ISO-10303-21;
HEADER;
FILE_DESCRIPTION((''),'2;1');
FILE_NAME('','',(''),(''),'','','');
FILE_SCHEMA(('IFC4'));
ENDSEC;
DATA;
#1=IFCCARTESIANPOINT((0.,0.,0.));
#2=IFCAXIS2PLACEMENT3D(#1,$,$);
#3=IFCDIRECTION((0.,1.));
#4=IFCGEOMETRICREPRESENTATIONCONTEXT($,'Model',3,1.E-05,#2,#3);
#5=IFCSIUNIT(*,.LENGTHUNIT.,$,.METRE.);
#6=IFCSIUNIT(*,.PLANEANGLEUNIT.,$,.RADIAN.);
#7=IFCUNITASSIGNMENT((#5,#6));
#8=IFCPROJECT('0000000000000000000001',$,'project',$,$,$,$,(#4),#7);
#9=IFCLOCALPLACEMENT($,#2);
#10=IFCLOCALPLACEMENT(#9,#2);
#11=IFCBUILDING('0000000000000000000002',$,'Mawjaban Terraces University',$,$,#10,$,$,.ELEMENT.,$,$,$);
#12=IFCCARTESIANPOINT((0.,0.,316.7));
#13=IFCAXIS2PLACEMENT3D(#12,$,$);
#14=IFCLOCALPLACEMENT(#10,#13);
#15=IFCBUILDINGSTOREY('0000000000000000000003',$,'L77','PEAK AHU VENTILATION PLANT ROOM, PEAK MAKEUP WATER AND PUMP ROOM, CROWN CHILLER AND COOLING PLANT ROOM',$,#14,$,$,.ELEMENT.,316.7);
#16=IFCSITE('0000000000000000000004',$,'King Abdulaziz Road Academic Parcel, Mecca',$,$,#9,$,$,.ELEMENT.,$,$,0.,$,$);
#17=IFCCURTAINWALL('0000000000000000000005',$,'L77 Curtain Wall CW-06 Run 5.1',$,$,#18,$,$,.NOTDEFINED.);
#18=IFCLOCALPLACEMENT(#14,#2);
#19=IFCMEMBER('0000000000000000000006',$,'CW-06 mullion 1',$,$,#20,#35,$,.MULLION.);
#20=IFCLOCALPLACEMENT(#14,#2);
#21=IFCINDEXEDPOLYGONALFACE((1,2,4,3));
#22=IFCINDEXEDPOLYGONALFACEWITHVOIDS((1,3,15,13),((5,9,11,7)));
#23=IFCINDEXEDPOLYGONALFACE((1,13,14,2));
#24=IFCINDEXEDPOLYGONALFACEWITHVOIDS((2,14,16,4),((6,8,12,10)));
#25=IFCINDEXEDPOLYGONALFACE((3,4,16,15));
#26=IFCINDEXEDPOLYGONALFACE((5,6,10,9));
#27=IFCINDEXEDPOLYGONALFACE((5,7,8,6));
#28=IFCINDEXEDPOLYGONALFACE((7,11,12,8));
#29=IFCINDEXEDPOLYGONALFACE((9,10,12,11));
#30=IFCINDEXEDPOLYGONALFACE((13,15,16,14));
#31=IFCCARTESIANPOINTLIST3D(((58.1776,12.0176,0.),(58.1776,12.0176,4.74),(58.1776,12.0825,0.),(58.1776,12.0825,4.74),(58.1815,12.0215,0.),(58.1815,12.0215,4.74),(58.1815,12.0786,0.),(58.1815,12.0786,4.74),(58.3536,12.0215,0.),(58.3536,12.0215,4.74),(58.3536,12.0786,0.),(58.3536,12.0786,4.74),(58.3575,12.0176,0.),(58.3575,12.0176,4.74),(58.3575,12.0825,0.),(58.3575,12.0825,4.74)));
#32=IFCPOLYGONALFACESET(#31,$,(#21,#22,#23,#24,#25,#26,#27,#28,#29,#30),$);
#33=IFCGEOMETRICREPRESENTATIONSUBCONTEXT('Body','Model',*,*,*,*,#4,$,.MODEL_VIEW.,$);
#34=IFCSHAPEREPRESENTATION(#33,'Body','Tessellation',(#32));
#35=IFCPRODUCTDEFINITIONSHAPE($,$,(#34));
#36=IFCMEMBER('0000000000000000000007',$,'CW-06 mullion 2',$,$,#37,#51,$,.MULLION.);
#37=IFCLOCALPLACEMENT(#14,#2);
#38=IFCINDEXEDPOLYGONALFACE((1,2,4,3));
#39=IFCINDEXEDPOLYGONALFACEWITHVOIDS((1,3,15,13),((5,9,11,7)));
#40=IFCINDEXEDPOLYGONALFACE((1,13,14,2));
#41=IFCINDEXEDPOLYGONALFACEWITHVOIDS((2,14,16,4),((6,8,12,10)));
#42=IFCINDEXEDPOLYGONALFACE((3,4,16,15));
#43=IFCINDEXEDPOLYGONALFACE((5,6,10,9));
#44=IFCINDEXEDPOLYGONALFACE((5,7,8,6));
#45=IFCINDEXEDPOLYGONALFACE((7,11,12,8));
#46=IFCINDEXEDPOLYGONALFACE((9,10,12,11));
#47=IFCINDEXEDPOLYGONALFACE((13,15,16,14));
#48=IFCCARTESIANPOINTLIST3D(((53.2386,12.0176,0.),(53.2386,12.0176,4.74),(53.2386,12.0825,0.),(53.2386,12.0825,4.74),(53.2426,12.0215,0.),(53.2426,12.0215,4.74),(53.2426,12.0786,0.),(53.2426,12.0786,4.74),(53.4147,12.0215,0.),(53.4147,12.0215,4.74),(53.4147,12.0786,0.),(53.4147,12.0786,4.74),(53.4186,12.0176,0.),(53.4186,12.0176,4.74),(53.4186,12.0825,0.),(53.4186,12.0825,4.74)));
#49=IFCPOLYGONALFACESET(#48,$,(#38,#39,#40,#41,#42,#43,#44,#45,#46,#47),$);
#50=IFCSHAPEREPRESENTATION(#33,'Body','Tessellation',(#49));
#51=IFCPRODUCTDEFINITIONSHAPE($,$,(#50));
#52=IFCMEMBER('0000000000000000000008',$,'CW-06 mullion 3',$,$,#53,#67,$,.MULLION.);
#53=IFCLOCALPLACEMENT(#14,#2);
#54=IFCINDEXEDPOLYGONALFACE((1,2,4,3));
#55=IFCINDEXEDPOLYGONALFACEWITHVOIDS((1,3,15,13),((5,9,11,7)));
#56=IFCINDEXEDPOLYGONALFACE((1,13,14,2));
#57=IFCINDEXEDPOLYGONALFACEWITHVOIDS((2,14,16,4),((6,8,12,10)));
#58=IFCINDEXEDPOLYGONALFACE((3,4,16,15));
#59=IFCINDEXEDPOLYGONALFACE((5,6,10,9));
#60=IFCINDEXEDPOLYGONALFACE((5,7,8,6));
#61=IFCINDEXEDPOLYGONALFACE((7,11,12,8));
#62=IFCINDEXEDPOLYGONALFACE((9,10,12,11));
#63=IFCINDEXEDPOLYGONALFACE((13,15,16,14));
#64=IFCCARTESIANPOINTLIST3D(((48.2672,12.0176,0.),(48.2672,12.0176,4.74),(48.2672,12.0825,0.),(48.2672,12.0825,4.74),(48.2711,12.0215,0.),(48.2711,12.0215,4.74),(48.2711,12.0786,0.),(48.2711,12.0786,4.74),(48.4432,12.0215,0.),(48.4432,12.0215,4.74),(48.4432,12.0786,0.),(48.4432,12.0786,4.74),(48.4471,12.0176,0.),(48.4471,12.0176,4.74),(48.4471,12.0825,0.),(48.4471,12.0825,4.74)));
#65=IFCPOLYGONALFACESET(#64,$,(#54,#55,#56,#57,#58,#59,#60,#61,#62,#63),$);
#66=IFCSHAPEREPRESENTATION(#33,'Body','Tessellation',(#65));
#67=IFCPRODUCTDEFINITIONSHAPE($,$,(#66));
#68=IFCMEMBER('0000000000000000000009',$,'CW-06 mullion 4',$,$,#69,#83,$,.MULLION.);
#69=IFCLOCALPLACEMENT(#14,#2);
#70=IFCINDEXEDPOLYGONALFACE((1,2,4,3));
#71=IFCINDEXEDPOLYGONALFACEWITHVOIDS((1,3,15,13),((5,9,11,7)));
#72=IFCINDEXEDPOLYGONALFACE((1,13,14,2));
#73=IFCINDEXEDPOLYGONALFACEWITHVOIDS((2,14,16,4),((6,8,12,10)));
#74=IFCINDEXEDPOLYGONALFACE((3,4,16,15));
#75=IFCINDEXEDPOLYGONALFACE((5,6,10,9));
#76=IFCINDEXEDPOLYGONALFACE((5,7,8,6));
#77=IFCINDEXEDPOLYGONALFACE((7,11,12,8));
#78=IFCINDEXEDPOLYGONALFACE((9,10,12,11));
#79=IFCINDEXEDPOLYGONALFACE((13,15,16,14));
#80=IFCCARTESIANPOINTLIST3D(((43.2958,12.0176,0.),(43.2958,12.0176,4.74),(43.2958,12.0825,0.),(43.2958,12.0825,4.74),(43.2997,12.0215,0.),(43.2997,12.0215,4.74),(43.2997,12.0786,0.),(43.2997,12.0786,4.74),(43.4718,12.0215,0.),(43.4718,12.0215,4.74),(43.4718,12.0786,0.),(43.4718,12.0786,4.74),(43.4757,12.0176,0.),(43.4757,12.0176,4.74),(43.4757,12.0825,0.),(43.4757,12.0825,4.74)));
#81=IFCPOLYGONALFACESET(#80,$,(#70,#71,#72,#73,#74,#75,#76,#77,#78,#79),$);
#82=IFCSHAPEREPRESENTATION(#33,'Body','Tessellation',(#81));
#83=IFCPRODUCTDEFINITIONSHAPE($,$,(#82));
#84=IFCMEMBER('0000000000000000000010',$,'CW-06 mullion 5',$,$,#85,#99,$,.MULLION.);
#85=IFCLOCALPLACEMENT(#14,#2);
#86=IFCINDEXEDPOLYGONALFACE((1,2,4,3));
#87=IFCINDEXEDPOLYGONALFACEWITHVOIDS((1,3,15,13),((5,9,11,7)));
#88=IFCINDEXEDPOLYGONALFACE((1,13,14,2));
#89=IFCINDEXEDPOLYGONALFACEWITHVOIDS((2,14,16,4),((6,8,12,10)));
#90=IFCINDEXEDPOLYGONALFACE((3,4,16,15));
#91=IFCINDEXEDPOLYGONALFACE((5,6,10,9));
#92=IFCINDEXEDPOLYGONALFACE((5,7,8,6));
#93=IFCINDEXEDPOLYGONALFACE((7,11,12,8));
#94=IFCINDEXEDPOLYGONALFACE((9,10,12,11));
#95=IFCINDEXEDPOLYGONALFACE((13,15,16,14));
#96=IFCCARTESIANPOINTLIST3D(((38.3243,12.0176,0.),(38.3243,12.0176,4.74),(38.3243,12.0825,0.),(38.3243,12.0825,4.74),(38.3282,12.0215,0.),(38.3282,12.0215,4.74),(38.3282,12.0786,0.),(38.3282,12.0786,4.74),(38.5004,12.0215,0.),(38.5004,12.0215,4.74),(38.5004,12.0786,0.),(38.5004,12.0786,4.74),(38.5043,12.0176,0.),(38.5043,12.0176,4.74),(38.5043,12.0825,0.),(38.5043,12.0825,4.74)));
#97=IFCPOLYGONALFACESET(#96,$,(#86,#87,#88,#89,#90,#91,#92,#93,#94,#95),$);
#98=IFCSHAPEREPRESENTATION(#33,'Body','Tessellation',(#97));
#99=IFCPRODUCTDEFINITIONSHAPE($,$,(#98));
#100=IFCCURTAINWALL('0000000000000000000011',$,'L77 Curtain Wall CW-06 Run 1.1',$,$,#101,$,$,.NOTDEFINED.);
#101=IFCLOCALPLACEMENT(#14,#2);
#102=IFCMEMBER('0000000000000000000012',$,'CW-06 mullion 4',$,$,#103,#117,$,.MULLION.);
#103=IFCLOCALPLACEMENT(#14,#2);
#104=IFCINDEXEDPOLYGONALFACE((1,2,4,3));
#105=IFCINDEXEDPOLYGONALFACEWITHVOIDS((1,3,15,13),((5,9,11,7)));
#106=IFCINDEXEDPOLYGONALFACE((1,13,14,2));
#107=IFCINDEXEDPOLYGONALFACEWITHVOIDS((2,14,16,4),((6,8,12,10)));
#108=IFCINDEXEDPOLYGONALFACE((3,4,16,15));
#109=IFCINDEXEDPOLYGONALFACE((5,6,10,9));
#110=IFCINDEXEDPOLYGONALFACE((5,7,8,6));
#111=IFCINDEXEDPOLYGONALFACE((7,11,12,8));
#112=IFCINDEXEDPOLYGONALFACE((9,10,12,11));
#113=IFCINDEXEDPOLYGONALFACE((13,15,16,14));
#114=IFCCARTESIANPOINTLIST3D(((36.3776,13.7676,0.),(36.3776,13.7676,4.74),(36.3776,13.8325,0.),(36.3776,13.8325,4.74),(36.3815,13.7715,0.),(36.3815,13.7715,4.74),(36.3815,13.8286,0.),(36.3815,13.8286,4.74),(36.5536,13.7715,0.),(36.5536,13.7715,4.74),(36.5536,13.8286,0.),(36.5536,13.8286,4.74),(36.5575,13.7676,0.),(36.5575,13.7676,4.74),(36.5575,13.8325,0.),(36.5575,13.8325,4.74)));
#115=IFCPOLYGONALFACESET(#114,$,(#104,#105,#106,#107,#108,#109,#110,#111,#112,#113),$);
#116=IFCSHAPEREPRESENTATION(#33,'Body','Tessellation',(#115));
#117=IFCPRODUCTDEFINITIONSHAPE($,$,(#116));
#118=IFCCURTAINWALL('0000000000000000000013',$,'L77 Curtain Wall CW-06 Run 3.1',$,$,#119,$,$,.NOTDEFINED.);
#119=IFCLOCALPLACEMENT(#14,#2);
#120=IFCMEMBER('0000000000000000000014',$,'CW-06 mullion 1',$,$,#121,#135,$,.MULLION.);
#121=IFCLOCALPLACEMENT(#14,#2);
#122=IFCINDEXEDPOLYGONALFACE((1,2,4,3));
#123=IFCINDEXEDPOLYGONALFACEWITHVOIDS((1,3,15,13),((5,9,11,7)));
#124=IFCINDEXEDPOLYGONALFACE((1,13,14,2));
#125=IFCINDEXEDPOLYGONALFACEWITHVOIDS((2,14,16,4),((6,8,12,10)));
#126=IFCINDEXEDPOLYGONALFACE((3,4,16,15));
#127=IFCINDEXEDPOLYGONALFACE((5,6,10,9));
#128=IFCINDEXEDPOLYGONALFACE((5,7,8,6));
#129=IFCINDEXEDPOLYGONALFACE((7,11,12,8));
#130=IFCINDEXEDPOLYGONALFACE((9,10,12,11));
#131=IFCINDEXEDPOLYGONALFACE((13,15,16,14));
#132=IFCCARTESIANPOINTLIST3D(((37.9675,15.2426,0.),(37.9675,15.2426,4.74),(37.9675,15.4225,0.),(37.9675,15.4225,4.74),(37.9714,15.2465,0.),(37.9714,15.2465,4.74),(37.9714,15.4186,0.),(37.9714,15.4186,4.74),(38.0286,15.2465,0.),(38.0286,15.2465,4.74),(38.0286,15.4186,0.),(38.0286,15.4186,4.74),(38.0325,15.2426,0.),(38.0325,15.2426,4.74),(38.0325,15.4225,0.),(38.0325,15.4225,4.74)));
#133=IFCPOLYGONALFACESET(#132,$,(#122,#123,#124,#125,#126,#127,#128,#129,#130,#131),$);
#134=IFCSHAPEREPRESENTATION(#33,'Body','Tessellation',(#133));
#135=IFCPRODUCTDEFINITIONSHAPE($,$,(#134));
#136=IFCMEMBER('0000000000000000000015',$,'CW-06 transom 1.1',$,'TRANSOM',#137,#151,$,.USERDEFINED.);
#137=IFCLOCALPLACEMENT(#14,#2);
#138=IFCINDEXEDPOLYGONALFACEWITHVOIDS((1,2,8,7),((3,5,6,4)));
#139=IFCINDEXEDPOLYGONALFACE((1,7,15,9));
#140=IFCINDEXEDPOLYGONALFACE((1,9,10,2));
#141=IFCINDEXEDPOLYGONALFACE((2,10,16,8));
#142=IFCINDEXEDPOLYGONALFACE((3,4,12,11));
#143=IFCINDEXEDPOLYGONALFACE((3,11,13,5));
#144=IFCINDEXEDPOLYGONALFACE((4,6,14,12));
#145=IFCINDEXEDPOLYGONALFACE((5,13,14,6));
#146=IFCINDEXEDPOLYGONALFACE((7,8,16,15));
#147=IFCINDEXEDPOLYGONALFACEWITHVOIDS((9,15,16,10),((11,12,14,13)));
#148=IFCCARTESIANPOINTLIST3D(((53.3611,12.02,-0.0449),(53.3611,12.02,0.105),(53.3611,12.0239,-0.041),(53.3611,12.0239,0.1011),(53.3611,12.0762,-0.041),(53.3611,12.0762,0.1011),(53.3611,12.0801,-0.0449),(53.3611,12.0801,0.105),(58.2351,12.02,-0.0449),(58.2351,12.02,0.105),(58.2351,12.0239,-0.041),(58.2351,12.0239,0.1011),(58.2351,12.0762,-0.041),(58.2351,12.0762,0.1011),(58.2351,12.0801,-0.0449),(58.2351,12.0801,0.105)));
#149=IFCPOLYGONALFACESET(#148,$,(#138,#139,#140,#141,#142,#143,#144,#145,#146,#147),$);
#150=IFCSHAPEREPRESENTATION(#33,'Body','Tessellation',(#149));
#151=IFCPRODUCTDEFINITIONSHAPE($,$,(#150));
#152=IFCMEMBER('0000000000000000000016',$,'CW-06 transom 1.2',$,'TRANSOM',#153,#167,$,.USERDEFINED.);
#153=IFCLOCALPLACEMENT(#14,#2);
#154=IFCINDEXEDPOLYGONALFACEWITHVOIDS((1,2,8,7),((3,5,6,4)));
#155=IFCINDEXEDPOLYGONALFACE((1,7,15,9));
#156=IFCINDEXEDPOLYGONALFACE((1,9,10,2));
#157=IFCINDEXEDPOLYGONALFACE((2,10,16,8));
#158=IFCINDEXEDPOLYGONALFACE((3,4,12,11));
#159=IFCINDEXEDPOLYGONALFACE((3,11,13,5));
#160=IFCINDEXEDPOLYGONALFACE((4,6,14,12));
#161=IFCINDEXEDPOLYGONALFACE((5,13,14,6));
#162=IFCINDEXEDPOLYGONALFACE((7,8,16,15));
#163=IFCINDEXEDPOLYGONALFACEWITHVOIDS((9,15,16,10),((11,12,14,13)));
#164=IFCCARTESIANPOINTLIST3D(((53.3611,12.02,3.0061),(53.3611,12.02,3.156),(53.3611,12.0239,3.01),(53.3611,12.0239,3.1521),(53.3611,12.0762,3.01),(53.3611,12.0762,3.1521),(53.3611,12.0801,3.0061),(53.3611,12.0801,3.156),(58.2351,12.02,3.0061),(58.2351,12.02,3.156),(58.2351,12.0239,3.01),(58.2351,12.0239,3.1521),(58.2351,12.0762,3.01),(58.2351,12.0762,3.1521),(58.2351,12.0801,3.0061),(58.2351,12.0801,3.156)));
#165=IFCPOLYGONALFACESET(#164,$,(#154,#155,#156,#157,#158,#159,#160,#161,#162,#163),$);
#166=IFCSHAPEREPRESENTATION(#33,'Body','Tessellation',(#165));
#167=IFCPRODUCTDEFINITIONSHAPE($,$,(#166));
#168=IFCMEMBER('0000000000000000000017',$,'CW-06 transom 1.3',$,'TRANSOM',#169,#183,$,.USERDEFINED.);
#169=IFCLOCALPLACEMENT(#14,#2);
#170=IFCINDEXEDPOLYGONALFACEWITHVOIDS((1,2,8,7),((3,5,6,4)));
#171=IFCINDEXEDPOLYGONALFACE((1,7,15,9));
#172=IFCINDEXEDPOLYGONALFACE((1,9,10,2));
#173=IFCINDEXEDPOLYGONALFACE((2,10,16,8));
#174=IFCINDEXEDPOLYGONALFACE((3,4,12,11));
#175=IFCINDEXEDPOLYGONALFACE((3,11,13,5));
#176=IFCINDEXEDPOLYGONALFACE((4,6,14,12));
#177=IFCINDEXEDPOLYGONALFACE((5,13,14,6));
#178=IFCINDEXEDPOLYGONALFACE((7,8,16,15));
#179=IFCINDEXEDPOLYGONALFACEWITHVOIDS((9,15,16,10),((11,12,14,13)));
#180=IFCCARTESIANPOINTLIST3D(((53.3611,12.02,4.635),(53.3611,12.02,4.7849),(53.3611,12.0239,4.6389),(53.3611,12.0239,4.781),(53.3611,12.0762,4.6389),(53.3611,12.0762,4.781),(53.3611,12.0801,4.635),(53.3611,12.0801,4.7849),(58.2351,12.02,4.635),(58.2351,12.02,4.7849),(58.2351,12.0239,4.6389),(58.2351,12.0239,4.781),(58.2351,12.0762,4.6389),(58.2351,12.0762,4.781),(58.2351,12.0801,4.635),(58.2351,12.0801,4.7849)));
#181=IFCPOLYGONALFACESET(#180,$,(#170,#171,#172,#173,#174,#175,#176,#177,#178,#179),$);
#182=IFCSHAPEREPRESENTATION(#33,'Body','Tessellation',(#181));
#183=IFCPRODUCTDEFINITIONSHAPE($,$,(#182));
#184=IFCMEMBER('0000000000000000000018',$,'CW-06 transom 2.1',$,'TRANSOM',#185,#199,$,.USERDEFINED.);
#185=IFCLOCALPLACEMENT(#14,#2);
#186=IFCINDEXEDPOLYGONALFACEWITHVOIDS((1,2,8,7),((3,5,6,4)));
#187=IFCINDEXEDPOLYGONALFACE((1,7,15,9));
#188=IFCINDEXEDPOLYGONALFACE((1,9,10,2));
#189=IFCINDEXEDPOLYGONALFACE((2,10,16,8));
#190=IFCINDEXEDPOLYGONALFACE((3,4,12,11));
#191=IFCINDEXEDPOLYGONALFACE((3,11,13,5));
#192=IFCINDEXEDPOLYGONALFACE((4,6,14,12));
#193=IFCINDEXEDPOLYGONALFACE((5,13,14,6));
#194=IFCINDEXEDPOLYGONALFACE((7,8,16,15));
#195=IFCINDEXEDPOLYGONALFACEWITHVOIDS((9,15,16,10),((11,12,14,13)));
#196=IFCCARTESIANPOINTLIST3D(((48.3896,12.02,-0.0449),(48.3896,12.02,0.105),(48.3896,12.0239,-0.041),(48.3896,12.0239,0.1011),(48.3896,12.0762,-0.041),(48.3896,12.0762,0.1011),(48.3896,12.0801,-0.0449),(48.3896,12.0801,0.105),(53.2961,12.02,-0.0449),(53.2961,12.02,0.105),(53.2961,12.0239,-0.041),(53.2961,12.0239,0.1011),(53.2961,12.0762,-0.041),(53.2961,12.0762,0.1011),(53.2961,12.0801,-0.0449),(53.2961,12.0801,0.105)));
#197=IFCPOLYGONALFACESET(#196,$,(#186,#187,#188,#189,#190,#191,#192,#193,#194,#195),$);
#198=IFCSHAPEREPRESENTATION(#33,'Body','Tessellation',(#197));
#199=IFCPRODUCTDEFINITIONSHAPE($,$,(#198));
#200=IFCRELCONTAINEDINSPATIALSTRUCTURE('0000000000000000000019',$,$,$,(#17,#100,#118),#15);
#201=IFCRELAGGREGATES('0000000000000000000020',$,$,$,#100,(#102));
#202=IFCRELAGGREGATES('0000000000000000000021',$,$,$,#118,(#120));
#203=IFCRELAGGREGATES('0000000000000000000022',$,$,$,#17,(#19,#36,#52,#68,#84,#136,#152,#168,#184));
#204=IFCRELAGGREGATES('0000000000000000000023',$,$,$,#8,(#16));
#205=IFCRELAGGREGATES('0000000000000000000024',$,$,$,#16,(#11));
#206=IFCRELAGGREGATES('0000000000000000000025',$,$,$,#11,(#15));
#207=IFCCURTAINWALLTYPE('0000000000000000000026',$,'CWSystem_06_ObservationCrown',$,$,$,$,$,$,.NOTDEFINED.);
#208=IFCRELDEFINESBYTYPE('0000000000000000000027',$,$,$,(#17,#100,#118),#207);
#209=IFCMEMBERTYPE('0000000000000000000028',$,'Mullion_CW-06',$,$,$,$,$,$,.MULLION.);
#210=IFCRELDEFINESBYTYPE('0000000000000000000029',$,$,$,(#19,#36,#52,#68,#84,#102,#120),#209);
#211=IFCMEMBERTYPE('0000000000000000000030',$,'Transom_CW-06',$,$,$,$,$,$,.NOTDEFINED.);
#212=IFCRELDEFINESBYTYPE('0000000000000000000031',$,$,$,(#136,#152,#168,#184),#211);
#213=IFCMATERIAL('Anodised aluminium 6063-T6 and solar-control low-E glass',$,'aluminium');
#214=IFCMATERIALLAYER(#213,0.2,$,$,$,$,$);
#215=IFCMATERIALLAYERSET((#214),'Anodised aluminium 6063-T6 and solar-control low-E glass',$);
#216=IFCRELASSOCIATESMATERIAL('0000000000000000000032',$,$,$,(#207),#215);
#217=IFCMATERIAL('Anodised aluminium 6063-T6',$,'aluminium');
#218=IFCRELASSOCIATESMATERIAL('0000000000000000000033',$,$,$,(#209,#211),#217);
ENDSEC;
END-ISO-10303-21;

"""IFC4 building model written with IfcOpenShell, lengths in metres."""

from ifc_helpers import new_model, si_unit, direction, frame, origin, origin_2d, place, context, subcontext, project, spatial, hollow_rectangle, extrude, material, layer, layer_set, material_profile, profile_set, type_object, element, aggregate, save


model = new_model("IFC4")

# Units and contexts
model_context = context("Model", 3, precision=1e-05, world=origin(), true_north=direction((0.0, 1.0)))
body_context = subcontext(model_context, "Body", "Model", "MODEL_VIEW")
ifc_project = project(units=[si_unit("LENGTHUNIT", "METRE"), si_unit("PLANEANGLEUNIT", "RADIAN")], contexts=[model_context])

# Site, building, storey
site_placement = place(None, origin())
site = spatial("IfcSite", under=ifc_project, at=site_placement, Name="King Abdulaziz Road Academic Parcel, Mecca", CompositionType="ELEMENT", RefElevation=0.0)
building_placement = place(site_placement, origin())
building = spatial("IfcBuilding", under=site, at=building_placement, Name="Mawjaban Terraces University", CompositionType="ELEMENT")
storey_placement = place(building_placement, frame((0.0, 0.0, 316.7)))
storey = spatial("IfcBuildingStorey", under=building, at=storey_placement, Name="L77", Description="PEAK AHU VENTILATION PLANT ROOM, PEAK MAKEUP WATER AND PUMP ROOM, CROWN CHILLER AND COOLING PLANT ROOM", CompositionType="ELEMENT", Elevation=316.7)

# Curtain wall, members
ifc_material_1 = material(Name="Anodised aluminium 6063-T6 and solar-control low-E glass", Category="aluminium")
ifc_layer_1 = layer(ifc_material_1, 0.2)
ifc_layer_set_1 = layer_set([ifc_layer_1], Name="Anodised aluminium 6063-T6 and solar-control low-E glass")
curtain_wall_type = type_object("IfcCurtainWallType", Name="CWSystem_06_ObservationCrown", PredefinedType="NOTDEFINED", material=ifc_layer_set_1)
curtain_wall_1_placement = place(storey_placement, origin())
curtain_wall_1 = element("IfcCurtainWall", 1, at=curtain_wall_1_placement, inside=storey, type_object=curtain_wall_type, Name="L77 Curtain Wall CW-06 Run 5.1", PredefinedType="NOTDEFINED")
ifc_material_2 = material(Name="Anodised aluminium 6063-T6", Category="aluminium")
ifc_material_profile_1 = material_profile(ifc_material_2, hollow_rectangle(XDim=0.0649, YDim=0.1799, WallThickness=0.0039, at=origin_2d()), Name="ALU180X65X4")
ifc_profile_set_1 = profile_set([ifc_material_profile_1], Name="Anodised aluminium 6063-T6")
member_type_1 = type_object("IfcMemberType", Name="Mullion_CW-06", PredefinedType="MULLION", material=ifc_profile_set_1)
member_1_placement = place(storey_placement, frame((58.2676, 12.05, 0.0), z_axis=(0.0, 0.0, 1.0), x_axis=(0.0, -1.0, 0.0)))
member_1 = element("IfcMember", 2, at=member_1_placement, type_object=member_type_1, Name="CW-06 mullion 1", PredefinedType="MULLION", context=body_context, shape_type="SweptSolid", body=[
    extrude(hollow_rectangle(XDim=0.0649, YDim=0.1799, WallThickness=0.0039, at=origin_2d()), origin(), (0.0, 0.0, 1.0), 4.74),
])
member_2_placement = place(storey_placement, frame((53.3286, 12.05, 0.0), z_axis=(0.0, 0.0, 1.0), x_axis=(0.0, -1.0, 0.0)))
member_2 = element("IfcMember", 3, at=member_2_placement, type_object=member_type_1, Name="CW-06 mullion 2", PredefinedType="MULLION", context=body_context, shape_type="SweptSolid", body=[
    extrude(hollow_rectangle(XDim=0.0649, YDim=0.1799, WallThickness=0.0039, at=origin_2d()), origin(), (0.0, 0.0, 1.0), 4.74),
])
member_3_placement = place(storey_placement, frame((48.3572, 12.05, 0.0), z_axis=(0.0, 0.0, 1.0), x_axis=(0.0, -1.0, 0.0)))
member_3 = element("IfcMember", 4, at=member_3_placement, type_object=member_type_1, Name="CW-06 mullion 3", PredefinedType="MULLION", context=body_context, shape_type="SweptSolid", body=[
    extrude(hollow_rectangle(XDim=0.0649, YDim=0.1799, WallThickness=0.0039, at=origin_2d()), origin(), (0.0, 0.0, 1.0), 4.74),
])
member_4_placement = place(storey_placement, frame((43.3857, 12.05, 0.0), z_axis=(0.0, 0.0, 1.0), x_axis=(0.0, -1.0, 0.0)))
member_4 = element("IfcMember", 5, at=member_4_placement, type_object=member_type_1, Name="CW-06 mullion 4", PredefinedType="MULLION", context=body_context, shape_type="SweptSolid", body=[
    extrude(hollow_rectangle(XDim=0.0649, YDim=0.1799, WallThickness=0.0039, at=origin_2d()), origin(), (0.0, 0.0, 1.0), 4.74),
])
member_5_placement = place(storey_placement, frame((38.4143, 12.05, 0.0), z_axis=(0.0, 0.0, 1.0), x_axis=(0.0, -1.0, 0.0)))
member_5 = element("IfcMember", 6, at=member_5_placement, type_object=member_type_1, Name="CW-06 mullion 5", PredefinedType="MULLION", context=body_context, shape_type="SweptSolid", body=[
    extrude(hollow_rectangle(XDim=0.0649, YDim=0.1799, WallThickness=0.0039, at=origin_2d()), origin(), (0.0, 0.0, 1.0), 4.74),
])

# Curtain walls, members
curtain_wall_2_placement = place(storey_placement, origin())
curtain_wall_2 = element("IfcCurtainWall", 7, at=curtain_wall_2_placement, inside=storey, type_object=curtain_wall_type, Name="L77 Curtain Wall CW-06 Run 1.1", PredefinedType="NOTDEFINED")
member_6_placement = place(storey_placement, frame((36.4675, 13.8, 0.0), z_axis=(0.0, 0.0, 1.0), x_axis=(0.0, 1.0, 0.0)))
member_6 = element("IfcMember", 8, at=member_6_placement, type_object=member_type_1, Name="CW-06 mullion 4", PredefinedType="MULLION", context=body_context, shape_type="SweptSolid", body=[
    extrude(hollow_rectangle(XDim=0.0649, YDim=0.1799, WallThickness=0.0039, at=origin_2d()), origin(), (0.0, 0.0, 1.0), 4.74),
])
aggregate(curtain_wall_2, [member_6])
curtain_wall_3_placement = place(storey_placement, origin())
curtain_wall_3 = element("IfcCurtainWall", 9, at=curtain_wall_3_placement, inside=storey, type_object=curtain_wall_type, Name="L77 Curtain Wall CW-06 Run 3.1", PredefinedType="NOTDEFINED")
member_7_placement = place(storey_placement, frame((38.0, 15.3325, 0.0), z_axis=(0.0, 0.0, 1.0), x_axis=(-1.0, 0.0, 0.0)))
member_7 = element("IfcMember", 10, at=member_7_placement, type_object=member_type_1, Name="CW-06 mullion 1", PredefinedType="MULLION", context=body_context, shape_type="SweptSolid", body=[
    extrude(hollow_rectangle(XDim=0.0649, YDim=0.1799, WallThickness=0.0039, at=origin_2d()), origin(), (0.0, 0.0, 1.0), 4.74),
])

# Members
ifc_material_profile_2 = material_profile(ifc_material_2, hollow_rectangle(XDim=0.0601, YDim=0.1499, WallThickness=0.0039, at=origin_2d()), Name="ALU150X60X4")
ifc_profile_set_2 = profile_set([ifc_material_profile_2], Name="Anodised aluminium 6063-T6")
member_type_2 = type_object("IfcMemberType", Name="Transom_CW-06", PredefinedType="NOTDEFINED", material=ifc_profile_set_2)
member_8_placement = place(storey_placement, frame((58.2351, 12.05, 0.03), z_axis=(-1.0, 0.0, 0.0), x_axis=(0.0, -1.0, 0.0)))
member_8 = element("IfcMember", 11, at=member_8_placement, type_object=member_type_2, Name="CW-06 transom 1.1", ObjectType="TRANSOM", PredefinedType="USERDEFINED", context=body_context, shape_type="SweptSolid", body=[
    extrude(hollow_rectangle(XDim=0.0601, YDim=0.1499, WallThickness=0.0039, at=origin_2d()), origin(), (0.0, 0.0, 1.0), 4.874),
])
member_9_placement = place(storey_placement, frame((58.2351, 12.05, 3.0811), z_axis=(-1.0, 0.0, 0.0), x_axis=(0.0, -1.0, 0.0)))
member_9 = element("IfcMember", 12, at=member_9_placement, type_object=member_type_2, Name="CW-06 transom 1.2", ObjectType="TRANSOM", PredefinedType="USERDEFINED", context=body_context, shape_type="SweptSolid", body=[
    extrude(hollow_rectangle(XDim=0.0601, YDim=0.1499, WallThickness=0.0039, at=origin_2d()), origin(), (0.0, 0.0, 1.0), 4.874),
])
member_10_placement = place(storey_placement, frame((58.2351, 12.05, 4.71), z_axis=(-1.0, 0.0, 0.0), x_axis=(0.0, -1.0, 0.0)))
member_10 = element("IfcMember", 13, at=member_10_placement, type_object=member_type_2, Name="CW-06 transom 1.3", ObjectType="TRANSOM", PredefinedType="USERDEFINED", context=body_context, shape_type="SweptSolid", body=[
    extrude(hollow_rectangle(XDim=0.0601, YDim=0.1499, WallThickness=0.0039, at=origin_2d()), origin(), (0.0, 0.0, 1.0), 4.874),
])
member_11_placement = place(storey_placement, frame((53.2961, 12.05, 0.03), z_axis=(-1.0, 0.0, 0.0), x_axis=(0.0, -1.0, 0.0)))
member_11 = element("IfcMember", 14, at=member_11_placement, type_object=member_type_2, Name="CW-06 transom 2.1", ObjectType="TRANSOM", PredefinedType="USERDEFINED", context=body_context, shape_type="SweptSolid", body=[
    extrude(hollow_rectangle(XDim=0.0601, YDim=0.1499, WallThickness=0.0039, at=origin_2d()), origin(), (0.0, 0.0, 1.0), 4.9065),
])
aggregate(curtain_wall_3, [member_7])

aggregate(curtain_wall_1, [member_1, member_2, member_3, member_4, member_5, member_8, member_9, member_10, member_11])

save(model, "model.ifc")
